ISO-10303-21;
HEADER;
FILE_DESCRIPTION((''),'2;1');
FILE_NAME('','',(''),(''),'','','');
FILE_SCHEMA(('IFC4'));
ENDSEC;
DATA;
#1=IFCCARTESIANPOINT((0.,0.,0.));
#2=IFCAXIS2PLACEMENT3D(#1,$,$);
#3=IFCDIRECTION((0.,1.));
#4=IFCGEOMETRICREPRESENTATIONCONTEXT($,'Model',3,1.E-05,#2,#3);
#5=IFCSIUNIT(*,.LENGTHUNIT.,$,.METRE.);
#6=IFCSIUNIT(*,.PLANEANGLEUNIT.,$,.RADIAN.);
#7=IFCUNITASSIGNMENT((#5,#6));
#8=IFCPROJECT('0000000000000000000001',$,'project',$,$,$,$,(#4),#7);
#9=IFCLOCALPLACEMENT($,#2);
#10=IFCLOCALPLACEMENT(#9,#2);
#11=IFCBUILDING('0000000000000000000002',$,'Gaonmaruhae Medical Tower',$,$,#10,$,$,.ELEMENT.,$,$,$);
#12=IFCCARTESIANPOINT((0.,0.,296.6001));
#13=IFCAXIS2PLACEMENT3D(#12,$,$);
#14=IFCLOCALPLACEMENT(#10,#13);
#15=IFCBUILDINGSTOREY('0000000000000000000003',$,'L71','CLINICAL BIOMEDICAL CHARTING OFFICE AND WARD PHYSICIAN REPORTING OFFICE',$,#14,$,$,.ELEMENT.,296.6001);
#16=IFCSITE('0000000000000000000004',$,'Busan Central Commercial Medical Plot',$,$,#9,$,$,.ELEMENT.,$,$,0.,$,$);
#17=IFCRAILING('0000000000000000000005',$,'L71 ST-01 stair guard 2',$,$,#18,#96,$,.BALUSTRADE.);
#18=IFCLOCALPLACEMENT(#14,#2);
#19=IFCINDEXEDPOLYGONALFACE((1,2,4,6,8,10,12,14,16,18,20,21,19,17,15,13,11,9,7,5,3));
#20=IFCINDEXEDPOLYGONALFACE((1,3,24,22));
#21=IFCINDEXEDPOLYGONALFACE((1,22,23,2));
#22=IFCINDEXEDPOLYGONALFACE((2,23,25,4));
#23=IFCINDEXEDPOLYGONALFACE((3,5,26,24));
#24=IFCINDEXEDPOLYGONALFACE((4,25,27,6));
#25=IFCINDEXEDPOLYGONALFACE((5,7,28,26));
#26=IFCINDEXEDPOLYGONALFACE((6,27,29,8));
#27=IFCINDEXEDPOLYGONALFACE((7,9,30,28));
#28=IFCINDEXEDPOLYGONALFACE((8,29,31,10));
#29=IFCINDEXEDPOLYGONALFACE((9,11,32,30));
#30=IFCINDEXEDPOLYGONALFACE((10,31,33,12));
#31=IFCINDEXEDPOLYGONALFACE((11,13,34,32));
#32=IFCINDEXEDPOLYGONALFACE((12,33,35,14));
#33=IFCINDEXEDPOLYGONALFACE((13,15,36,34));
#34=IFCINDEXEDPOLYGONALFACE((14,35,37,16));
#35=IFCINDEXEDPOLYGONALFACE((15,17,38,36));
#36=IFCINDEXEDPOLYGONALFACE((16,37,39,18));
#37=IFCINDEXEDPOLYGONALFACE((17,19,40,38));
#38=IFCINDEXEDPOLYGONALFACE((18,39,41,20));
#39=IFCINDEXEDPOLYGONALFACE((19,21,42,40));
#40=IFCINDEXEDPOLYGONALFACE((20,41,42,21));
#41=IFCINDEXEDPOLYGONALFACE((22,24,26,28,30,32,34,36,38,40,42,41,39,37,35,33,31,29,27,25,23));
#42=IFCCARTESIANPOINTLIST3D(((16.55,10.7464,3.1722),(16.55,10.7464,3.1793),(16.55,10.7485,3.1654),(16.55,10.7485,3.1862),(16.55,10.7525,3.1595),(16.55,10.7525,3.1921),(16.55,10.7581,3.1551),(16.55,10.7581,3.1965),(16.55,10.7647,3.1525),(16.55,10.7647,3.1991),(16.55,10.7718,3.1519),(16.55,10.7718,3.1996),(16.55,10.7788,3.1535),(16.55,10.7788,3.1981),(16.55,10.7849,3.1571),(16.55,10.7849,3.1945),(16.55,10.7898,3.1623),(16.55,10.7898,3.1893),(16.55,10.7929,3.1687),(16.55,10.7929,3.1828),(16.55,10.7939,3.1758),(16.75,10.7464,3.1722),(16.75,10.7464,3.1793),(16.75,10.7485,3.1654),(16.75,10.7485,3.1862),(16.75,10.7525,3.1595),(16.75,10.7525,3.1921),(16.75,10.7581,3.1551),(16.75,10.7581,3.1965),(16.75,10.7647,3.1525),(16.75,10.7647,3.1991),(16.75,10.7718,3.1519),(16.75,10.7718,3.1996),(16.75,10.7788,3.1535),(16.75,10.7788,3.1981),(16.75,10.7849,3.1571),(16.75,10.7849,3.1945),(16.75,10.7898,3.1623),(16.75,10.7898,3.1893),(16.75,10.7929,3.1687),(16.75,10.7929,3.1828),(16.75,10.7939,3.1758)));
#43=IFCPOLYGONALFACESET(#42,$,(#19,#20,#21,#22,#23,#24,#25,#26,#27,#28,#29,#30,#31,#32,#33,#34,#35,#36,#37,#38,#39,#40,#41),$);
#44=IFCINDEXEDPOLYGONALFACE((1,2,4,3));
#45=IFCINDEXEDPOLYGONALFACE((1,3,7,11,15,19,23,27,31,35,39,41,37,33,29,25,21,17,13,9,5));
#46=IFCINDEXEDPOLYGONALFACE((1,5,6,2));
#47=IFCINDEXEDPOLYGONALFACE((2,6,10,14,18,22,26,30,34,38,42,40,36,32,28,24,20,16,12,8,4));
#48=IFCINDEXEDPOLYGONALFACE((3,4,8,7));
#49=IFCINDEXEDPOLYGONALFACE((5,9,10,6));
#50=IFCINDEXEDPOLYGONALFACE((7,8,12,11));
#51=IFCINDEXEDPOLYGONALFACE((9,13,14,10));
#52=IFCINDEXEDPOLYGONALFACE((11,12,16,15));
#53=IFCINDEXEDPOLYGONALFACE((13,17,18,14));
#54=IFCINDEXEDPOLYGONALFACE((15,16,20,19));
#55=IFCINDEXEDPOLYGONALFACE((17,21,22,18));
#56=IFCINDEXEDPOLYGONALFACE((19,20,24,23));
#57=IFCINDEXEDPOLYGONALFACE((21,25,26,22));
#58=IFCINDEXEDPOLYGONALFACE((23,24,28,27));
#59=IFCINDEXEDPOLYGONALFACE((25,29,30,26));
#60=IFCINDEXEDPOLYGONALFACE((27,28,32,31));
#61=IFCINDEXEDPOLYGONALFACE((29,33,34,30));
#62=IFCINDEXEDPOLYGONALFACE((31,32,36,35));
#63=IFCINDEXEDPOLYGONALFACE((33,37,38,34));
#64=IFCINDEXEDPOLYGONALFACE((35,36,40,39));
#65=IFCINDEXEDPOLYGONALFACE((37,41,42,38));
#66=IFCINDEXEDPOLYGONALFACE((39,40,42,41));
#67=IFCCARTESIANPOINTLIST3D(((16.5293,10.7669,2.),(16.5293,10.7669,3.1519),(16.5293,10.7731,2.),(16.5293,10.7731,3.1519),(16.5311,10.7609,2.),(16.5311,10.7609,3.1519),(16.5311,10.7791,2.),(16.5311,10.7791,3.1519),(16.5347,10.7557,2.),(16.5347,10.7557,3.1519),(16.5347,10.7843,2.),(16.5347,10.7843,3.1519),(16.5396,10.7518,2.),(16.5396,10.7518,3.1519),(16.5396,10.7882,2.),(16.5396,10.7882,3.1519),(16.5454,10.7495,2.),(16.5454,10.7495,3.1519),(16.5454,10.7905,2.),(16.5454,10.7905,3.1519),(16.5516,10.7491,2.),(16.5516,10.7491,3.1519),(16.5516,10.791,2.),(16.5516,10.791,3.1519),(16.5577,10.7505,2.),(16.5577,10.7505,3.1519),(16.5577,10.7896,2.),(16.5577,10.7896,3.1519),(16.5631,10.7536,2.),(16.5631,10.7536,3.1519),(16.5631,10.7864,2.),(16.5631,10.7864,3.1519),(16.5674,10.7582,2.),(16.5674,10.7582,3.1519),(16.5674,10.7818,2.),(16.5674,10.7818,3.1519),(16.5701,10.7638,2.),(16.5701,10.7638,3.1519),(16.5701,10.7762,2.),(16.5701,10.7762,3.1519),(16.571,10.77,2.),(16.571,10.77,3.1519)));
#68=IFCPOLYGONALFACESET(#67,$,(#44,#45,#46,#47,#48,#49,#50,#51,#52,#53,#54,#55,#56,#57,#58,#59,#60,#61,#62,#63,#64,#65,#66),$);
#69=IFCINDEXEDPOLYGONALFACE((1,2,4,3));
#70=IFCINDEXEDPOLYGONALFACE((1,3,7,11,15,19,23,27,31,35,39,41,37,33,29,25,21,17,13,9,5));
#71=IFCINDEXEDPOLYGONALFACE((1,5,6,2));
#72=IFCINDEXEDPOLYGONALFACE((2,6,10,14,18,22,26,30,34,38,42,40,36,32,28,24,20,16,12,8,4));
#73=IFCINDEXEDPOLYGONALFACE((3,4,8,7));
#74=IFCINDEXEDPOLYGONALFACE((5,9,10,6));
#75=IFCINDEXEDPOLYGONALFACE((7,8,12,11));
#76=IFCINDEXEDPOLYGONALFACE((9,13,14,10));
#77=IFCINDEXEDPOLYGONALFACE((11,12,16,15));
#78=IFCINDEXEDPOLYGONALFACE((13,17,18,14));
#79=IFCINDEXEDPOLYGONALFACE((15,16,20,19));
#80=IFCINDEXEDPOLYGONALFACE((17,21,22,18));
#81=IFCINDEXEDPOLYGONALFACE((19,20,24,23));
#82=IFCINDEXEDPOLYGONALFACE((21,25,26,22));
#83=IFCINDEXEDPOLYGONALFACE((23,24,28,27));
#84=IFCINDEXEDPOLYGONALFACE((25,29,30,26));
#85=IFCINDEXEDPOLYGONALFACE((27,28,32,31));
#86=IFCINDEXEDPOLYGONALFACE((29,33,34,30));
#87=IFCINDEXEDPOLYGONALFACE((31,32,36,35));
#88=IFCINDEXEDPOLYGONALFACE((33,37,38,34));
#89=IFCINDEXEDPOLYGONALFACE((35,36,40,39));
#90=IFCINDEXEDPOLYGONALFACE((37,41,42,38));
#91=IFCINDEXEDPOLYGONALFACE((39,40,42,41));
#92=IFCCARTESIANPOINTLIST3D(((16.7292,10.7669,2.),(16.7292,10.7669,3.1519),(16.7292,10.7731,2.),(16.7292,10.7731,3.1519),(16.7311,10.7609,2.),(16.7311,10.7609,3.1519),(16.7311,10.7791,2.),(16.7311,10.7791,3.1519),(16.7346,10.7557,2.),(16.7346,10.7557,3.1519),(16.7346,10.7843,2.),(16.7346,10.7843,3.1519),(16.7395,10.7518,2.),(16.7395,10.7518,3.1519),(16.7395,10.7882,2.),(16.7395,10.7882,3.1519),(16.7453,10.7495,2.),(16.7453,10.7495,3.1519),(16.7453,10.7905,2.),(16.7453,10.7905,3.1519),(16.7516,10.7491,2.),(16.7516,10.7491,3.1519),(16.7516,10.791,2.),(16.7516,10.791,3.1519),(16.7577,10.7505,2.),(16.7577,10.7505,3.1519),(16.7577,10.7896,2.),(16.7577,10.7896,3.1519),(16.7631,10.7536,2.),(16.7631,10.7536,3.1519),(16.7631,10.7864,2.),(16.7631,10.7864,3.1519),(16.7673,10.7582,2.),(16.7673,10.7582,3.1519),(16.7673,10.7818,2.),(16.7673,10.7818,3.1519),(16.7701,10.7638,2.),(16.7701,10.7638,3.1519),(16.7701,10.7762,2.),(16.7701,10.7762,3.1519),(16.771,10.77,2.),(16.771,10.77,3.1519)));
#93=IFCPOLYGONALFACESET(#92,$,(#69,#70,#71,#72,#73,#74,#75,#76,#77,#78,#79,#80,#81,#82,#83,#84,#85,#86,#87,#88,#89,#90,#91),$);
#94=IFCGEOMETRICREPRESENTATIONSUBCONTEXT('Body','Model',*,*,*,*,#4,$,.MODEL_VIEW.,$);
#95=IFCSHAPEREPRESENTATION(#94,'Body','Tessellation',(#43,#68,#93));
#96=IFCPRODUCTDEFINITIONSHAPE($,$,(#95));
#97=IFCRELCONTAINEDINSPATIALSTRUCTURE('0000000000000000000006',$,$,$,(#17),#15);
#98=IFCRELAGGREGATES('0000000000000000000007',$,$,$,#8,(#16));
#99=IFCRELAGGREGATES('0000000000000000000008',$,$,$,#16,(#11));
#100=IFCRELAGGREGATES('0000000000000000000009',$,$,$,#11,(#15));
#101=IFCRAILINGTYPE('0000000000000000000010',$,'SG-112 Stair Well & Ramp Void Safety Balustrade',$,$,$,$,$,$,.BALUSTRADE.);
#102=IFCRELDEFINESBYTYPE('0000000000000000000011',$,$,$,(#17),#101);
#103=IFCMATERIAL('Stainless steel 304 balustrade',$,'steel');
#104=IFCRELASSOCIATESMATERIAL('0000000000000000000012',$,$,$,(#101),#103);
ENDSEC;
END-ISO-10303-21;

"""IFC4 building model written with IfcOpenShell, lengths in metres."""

from ifc_helpers import new_model, si_unit, direction, frame, origin, origin_2d, place, context, subcontext, project, spatial, circle, extrude, material, type_object, element, save


model = new_model("IFC4")

# Units and contexts
model_context = context("Model", 3, precision=1e-05, world=origin(), true_north=direction((0.0, 1.0)))
body_context = subcontext(model_context, "Body", "Model", "MODEL_VIEW")
ifc_project = project(units=[si_unit("LENGTHUNIT", "METRE"), si_unit("PLANEANGLEUNIT", "RADIAN")], contexts=[model_context])

# Site, building, storey
site_placement = place(None, origin())
site = spatial("IfcSite", under=ifc_project, at=site_placement, Name="Busan Central Commercial Medical Plot", CompositionType="ELEMENT", RefElevation=0.0)
building_placement = place(site_placement, origin())
building = spatial("IfcBuilding", under=site, at=building_placement, Name="Gaonmaruhae Medical Tower", CompositionType="ELEMENT")
storey_placement = place(building_placement, frame((0.0, 0.0, 296.6001)))
storey = spatial("IfcBuildingStorey", under=building, at=storey_placement, Name="L71", Description="CLINICAL BIOMEDICAL CHARTING OFFICE AND WARD PHYSICIAN REPORTING OFFICE", CompositionType="ELEMENT", Elevation=296.6001)

# Railing
ifc_material_1 = material(Name="Stainless steel 304 balustrade", Category="steel")
railing_type_1 = type_object("IfcRailingType", Name="SG-112 Stair Well & Ramp Void Safety Balustrade", PredefinedType="BALUSTRADE", material=ifc_material_1)
railing_1_placement = place(storey_placement, frame((16.55, 10.77, 2.0)))
element("IfcRailing", 1, at=railing_1_placement, inside=storey, type_object=railing_type_1, Name="L71 ST-01 stair guard 2", PredefinedType="BALUSTRADE", context=body_context, shape_type="SweptSolid", body=[
    extrude(circle(Radius=0.0239, at=origin_2d()), frame((0.0, 0.0, 1.1758), z_axis=(1.0, 0.0, 0.0), x_axis=(0.0, 1.0, 0.0)), (0.0, 0.0, 1.0), 0.2),
    extrude(circle(Radius=0.021, at=origin_2d()), origin(), (0.0, 0.0, 1.0), 1.1519),
    extrude(circle(Radius=0.021, at=origin_2d()), frame((0.2, 0.0, 0.0)), (0.0, 0.0, 1.0), 1.1519),
])

save(model, "model.ifc")
